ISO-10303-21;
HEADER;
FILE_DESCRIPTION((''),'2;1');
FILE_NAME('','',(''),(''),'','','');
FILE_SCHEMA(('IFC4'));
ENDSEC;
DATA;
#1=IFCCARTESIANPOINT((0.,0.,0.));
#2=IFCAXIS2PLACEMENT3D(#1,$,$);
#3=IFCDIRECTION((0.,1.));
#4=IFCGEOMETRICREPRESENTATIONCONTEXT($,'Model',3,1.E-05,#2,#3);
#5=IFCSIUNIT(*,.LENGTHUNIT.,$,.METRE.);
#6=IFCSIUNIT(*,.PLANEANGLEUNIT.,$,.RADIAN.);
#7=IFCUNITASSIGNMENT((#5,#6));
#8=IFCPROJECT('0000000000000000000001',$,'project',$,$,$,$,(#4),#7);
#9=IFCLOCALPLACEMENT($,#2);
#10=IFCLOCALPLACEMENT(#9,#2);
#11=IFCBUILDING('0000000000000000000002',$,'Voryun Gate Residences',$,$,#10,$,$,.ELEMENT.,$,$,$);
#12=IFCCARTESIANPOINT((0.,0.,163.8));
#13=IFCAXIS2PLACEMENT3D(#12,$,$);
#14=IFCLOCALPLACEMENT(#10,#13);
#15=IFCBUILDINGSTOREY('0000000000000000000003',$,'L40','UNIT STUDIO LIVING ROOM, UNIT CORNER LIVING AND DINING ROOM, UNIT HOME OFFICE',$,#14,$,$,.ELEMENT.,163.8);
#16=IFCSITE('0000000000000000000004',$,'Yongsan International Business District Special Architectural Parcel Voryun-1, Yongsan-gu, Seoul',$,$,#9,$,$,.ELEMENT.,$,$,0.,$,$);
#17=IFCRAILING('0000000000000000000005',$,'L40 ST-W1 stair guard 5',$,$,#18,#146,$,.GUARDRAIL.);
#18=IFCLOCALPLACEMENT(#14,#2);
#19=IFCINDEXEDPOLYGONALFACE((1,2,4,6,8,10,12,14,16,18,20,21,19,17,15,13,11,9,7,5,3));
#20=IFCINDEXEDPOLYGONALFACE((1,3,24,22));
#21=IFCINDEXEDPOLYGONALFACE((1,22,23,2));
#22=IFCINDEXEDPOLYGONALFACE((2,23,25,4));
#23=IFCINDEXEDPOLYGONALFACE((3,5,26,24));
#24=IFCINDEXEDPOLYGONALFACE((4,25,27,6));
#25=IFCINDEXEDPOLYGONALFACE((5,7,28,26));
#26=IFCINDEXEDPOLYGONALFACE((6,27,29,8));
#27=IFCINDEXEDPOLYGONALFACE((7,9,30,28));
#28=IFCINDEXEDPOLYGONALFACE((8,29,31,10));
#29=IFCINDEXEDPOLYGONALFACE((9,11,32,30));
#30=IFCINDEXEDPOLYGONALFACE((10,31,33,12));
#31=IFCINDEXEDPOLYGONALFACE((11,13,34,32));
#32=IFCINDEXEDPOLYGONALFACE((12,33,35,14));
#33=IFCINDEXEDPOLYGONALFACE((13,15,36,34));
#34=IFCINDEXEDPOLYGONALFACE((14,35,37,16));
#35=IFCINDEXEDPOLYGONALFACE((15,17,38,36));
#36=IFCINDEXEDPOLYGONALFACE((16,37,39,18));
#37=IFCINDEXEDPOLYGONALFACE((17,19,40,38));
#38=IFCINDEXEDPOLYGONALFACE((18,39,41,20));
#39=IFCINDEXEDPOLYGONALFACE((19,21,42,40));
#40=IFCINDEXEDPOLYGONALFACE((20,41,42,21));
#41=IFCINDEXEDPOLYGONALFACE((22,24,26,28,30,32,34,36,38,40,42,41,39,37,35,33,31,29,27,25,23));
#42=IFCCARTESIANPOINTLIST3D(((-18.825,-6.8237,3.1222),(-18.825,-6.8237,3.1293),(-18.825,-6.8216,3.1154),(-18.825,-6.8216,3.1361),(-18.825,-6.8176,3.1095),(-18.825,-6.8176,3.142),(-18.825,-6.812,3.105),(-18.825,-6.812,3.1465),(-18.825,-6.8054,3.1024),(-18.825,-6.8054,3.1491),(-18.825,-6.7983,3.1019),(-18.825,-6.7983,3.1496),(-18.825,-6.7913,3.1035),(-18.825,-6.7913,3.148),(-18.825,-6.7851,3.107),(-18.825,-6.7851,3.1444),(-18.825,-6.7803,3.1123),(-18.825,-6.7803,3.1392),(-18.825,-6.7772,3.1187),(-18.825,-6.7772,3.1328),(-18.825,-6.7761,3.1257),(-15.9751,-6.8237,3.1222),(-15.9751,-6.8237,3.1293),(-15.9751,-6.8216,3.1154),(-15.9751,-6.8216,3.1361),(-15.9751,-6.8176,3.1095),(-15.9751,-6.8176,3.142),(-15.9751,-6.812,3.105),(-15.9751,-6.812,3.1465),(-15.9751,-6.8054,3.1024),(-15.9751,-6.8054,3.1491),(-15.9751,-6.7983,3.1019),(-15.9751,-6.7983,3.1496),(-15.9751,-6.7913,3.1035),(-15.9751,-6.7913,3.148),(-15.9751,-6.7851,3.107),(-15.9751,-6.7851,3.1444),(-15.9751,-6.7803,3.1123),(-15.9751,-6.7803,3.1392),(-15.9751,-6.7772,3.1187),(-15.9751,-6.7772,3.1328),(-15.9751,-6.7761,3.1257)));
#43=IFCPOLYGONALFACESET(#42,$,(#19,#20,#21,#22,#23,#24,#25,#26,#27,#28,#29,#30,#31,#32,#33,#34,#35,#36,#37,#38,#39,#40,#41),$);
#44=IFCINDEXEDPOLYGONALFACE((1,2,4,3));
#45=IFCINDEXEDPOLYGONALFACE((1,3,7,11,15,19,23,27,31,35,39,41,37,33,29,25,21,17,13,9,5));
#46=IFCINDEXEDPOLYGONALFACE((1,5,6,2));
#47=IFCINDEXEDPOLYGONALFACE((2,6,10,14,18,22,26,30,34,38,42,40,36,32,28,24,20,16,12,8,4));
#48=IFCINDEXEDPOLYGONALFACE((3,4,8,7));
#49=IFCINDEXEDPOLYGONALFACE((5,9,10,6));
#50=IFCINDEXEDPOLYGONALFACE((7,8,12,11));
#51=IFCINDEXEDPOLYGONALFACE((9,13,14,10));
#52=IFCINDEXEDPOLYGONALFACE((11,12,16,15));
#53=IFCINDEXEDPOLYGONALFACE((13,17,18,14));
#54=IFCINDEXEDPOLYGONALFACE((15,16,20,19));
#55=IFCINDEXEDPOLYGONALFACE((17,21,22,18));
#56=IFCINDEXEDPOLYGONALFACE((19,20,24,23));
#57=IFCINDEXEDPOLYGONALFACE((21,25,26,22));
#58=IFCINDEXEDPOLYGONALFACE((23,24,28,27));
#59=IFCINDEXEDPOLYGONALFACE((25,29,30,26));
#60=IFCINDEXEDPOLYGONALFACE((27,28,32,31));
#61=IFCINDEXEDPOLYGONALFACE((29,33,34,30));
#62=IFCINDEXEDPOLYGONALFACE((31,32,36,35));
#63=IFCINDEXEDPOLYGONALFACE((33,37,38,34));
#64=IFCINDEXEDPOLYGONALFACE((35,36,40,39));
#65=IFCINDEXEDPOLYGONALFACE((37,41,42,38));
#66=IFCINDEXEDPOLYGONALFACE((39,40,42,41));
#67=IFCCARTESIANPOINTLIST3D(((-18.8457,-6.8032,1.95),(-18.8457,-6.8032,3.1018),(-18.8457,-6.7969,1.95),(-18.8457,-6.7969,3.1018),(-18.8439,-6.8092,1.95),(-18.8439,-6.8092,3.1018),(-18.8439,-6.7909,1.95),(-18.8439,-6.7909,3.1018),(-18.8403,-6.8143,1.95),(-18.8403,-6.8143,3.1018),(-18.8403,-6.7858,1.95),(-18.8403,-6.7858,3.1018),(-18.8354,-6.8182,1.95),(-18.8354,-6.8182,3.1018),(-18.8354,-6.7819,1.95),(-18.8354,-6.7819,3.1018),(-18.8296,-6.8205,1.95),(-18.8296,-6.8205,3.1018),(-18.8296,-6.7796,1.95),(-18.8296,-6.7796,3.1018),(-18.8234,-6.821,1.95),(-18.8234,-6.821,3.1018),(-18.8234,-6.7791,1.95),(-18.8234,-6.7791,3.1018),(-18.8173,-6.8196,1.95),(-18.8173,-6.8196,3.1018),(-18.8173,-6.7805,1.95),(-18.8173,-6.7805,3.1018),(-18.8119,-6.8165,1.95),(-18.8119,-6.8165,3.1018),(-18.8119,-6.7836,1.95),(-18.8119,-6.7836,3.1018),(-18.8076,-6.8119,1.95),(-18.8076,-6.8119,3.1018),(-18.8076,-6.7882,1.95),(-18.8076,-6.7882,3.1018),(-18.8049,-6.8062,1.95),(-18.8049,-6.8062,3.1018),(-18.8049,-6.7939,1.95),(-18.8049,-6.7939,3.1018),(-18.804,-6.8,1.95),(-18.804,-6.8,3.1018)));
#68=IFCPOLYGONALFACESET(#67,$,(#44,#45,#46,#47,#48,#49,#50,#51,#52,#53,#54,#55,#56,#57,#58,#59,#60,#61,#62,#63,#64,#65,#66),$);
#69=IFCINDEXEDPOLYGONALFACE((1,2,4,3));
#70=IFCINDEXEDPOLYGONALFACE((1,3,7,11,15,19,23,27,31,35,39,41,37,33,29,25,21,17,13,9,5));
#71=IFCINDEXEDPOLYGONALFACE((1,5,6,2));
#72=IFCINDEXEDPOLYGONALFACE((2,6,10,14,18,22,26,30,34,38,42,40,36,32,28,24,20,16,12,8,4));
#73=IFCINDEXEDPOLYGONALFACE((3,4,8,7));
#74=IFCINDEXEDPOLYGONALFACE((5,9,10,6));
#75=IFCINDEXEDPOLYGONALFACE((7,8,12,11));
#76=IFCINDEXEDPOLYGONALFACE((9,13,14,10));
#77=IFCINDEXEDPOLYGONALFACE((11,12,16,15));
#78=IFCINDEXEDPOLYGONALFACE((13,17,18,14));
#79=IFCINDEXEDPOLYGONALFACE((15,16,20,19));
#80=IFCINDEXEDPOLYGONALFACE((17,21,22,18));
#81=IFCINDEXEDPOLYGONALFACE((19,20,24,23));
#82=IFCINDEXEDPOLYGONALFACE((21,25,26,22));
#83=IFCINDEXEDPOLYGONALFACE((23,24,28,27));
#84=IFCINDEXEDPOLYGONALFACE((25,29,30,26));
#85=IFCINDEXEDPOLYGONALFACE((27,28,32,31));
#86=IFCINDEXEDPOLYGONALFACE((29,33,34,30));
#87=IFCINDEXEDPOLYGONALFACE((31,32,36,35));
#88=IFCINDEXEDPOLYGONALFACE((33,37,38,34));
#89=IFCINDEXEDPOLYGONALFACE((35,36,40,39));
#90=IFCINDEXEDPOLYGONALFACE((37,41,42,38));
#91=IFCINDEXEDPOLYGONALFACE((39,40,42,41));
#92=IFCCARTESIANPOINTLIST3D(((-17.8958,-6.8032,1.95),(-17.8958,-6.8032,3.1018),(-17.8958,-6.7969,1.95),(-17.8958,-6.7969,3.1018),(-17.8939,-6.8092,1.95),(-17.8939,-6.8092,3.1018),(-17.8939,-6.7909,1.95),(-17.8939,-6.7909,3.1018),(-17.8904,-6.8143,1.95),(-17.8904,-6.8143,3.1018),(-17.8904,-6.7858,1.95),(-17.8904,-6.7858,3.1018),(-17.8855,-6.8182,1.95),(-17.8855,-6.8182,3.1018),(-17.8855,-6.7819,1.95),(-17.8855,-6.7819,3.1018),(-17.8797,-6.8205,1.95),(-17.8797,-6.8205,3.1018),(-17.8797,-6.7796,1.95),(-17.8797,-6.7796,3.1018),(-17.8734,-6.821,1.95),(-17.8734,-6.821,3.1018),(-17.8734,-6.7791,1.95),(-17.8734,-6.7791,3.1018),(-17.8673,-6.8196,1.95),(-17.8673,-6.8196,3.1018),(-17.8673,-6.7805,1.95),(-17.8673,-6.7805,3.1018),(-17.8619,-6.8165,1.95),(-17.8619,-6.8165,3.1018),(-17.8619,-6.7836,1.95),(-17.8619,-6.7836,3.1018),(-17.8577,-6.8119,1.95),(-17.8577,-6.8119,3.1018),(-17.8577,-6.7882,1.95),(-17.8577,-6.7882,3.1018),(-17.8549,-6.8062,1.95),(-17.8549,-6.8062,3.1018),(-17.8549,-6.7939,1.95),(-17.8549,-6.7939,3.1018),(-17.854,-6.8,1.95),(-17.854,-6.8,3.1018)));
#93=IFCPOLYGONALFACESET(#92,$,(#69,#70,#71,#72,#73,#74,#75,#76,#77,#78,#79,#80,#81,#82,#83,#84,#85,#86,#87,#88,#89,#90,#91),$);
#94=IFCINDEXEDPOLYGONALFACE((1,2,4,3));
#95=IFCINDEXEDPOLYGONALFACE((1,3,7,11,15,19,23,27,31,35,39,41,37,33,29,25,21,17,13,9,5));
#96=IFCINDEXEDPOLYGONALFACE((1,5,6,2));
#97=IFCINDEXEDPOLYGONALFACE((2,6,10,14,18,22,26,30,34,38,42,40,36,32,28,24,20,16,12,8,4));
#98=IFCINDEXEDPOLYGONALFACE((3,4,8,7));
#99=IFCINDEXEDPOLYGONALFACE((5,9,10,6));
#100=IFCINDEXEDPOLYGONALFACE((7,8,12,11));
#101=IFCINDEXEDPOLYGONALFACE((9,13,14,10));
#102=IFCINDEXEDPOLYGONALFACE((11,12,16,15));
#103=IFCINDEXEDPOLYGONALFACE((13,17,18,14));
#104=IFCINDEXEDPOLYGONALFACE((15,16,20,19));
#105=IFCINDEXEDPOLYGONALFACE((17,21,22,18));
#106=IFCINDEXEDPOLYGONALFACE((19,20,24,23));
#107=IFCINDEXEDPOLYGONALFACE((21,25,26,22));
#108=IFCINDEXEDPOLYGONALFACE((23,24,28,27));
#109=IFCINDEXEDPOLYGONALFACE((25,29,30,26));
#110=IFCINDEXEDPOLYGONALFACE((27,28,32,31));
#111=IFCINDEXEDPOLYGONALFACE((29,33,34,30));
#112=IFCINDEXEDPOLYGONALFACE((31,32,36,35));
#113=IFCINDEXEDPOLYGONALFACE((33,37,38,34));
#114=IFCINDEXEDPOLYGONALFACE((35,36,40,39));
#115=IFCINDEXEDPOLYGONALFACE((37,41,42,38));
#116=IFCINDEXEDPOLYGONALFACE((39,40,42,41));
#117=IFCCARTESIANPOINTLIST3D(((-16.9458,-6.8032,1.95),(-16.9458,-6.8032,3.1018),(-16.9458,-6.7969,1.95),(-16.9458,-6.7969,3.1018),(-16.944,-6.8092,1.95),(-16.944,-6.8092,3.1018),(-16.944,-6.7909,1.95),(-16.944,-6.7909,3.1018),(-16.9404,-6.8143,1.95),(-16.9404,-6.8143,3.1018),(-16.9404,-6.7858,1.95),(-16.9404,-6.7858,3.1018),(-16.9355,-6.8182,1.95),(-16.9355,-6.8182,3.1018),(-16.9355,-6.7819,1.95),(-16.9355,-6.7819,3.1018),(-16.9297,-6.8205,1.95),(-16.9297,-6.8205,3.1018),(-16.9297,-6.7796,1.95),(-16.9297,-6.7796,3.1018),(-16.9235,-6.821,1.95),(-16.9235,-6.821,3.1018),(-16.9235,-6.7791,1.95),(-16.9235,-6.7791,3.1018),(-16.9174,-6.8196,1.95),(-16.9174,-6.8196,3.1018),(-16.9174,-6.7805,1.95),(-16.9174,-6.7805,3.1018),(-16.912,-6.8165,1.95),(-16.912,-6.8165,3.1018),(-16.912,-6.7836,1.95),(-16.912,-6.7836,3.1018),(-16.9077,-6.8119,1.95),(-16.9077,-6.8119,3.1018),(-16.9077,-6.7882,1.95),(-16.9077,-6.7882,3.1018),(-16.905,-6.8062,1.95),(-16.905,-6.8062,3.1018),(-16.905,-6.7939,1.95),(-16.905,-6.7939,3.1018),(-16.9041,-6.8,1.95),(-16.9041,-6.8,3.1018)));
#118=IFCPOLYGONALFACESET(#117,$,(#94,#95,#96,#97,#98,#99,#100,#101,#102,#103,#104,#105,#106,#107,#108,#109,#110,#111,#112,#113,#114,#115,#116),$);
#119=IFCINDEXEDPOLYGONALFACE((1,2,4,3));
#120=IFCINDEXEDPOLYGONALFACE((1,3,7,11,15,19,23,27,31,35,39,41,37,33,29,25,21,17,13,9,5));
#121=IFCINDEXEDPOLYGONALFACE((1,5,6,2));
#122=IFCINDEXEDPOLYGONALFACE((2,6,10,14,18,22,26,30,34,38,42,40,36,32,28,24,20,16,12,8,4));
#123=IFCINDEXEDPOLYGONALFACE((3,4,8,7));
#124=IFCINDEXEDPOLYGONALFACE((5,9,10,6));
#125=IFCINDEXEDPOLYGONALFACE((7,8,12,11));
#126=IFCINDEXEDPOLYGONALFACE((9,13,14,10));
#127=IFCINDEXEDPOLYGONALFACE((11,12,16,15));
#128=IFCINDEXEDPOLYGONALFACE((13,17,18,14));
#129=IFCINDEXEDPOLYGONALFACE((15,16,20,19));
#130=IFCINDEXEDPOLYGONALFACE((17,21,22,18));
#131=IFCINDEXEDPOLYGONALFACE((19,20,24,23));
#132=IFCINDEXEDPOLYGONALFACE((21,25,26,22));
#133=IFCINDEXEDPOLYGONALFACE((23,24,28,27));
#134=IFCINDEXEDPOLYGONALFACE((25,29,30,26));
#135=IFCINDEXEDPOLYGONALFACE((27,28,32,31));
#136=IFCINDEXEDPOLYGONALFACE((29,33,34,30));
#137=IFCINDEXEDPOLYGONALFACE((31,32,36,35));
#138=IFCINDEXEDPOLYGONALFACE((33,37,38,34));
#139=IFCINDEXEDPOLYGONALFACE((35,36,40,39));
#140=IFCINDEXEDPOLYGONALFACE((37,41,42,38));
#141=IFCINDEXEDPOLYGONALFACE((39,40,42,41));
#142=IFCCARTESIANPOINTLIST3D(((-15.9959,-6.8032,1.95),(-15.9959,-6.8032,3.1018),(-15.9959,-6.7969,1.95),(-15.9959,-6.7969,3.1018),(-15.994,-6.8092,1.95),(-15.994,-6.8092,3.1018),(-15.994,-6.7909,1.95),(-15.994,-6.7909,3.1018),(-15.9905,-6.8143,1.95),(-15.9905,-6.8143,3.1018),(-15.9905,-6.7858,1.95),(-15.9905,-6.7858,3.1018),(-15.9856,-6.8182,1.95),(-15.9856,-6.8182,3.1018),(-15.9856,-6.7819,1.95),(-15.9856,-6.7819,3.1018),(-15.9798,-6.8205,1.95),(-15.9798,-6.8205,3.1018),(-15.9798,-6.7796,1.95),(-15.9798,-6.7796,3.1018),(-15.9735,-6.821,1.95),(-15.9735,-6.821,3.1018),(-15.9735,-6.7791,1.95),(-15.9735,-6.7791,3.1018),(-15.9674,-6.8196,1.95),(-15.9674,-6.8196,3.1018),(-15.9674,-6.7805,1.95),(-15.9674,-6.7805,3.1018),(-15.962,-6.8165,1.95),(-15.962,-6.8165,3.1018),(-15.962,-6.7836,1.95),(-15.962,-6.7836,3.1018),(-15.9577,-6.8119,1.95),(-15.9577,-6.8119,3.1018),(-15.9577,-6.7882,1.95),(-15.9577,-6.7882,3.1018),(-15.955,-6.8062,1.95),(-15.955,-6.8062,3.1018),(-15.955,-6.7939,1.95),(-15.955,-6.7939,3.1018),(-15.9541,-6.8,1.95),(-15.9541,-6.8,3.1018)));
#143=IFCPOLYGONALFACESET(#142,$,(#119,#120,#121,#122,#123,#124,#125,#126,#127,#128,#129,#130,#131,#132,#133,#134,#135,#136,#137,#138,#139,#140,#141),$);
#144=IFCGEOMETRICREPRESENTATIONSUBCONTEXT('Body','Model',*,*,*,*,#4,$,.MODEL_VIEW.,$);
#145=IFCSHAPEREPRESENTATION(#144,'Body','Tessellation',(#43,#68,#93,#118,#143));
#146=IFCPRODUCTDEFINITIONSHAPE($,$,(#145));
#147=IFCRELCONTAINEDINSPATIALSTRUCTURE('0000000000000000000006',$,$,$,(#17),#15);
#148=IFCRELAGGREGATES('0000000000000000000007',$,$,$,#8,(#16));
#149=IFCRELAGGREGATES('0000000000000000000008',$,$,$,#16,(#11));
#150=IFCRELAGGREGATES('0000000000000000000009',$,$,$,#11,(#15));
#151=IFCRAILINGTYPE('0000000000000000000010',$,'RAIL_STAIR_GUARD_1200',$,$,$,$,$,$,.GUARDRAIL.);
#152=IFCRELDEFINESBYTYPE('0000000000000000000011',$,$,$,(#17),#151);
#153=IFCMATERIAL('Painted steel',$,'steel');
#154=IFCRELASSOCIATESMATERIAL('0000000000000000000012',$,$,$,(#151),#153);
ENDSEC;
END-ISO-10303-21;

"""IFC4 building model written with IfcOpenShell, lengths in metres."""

from ifc_helpers import new_model, si_unit, direction, frame, origin, origin_2d, place, context, subcontext, project, spatial, circle, extrude, material, type_object, element, save


model = new_model("IFC4")

# Units and contexts
model_context = context("Model", 3, precision=1e-05, world=origin(), true_north=direction((0.0, 1.0)))
body_context = subcontext(model_context, "Body", "Model", "MODEL_VIEW")
ifc_project = project(units=[si_unit("LENGTHUNIT", "METRE"), si_unit("PLANEANGLEUNIT", "RADIAN")], contexts=[model_context])

# Site, building, storey
site_placement = place(None, origin())
site = spatial("IfcSite", under=ifc_project, at=site_placement, Name="Yongsan International Business District Special Architectural Parcel Voryun-1, Yongsan-gu, Seoul", CompositionType="ELEMENT", RefElevation=0.0)
building_placement = place(site_placement, origin())
building = spatial("IfcBuilding", under=site, at=building_placement, Name="Voryun Gate Residences", CompositionType="ELEMENT")
storey_placement = place(building_placement, frame((0.0, 0.0, 163.8)))
storey = spatial("IfcBuildingStorey", under=building, at=storey_placement, Name="L40", Description="UNIT STUDIO LIVING ROOM, UNIT CORNER LIVING AND DINING ROOM, UNIT HOME OFFICE", CompositionType="ELEMENT", Elevation=163.8)

# Railing
ifc_material_1 = material(Name="Painted steel", Category="steel")
railing_type = type_object("IfcRailingType", Name="RAIL_STAIR_GUARD_1200", PredefinedType="GUARDRAIL", material=ifc_material_1)
railing_1_placement = place(storey_placement, frame((-18.825, -6.8, 1.95)))
element("IfcRailing", 1, at=railing_1_placement, inside=storey, type_object=railing_type, Name="L40 ST-W1 stair guard 5", PredefinedType="GUARDRAIL", context=body_context, shape_type="SweptSolid", body=[
    extrude(circle(Radius=0.0239, at=origin_2d()), frame((0.0, 0.0, 1.1758), z_axis=(1.0, 0.0, 0.0), x_axis=(0.0, 1.0, 0.0)), (0.0, 0.0, 1.0), 2.8499),
    extrude(circle(Radius=0.021, at=origin_2d()), origin(), (0.0, 0.0, 1.0), 1.1519),
    extrude(circle(Radius=0.021, at=origin_2d()), frame((0.95, 0.0, 0.0)), (0.0, 0.0, 1.0), 1.1519),
    extrude(circle(Radius=0.021, at=origin_2d()), frame((1.8999, 0.0, 0.0)), (0.0, 0.0, 1.0), 1.1519),
    extrude(circle(Radius=0.021, at=origin_2d()), frame((2.8499, 0.0, 0.0)), (0.0, 0.0, 1.0), 1.1519),
])

save(model, "model.ifc")
